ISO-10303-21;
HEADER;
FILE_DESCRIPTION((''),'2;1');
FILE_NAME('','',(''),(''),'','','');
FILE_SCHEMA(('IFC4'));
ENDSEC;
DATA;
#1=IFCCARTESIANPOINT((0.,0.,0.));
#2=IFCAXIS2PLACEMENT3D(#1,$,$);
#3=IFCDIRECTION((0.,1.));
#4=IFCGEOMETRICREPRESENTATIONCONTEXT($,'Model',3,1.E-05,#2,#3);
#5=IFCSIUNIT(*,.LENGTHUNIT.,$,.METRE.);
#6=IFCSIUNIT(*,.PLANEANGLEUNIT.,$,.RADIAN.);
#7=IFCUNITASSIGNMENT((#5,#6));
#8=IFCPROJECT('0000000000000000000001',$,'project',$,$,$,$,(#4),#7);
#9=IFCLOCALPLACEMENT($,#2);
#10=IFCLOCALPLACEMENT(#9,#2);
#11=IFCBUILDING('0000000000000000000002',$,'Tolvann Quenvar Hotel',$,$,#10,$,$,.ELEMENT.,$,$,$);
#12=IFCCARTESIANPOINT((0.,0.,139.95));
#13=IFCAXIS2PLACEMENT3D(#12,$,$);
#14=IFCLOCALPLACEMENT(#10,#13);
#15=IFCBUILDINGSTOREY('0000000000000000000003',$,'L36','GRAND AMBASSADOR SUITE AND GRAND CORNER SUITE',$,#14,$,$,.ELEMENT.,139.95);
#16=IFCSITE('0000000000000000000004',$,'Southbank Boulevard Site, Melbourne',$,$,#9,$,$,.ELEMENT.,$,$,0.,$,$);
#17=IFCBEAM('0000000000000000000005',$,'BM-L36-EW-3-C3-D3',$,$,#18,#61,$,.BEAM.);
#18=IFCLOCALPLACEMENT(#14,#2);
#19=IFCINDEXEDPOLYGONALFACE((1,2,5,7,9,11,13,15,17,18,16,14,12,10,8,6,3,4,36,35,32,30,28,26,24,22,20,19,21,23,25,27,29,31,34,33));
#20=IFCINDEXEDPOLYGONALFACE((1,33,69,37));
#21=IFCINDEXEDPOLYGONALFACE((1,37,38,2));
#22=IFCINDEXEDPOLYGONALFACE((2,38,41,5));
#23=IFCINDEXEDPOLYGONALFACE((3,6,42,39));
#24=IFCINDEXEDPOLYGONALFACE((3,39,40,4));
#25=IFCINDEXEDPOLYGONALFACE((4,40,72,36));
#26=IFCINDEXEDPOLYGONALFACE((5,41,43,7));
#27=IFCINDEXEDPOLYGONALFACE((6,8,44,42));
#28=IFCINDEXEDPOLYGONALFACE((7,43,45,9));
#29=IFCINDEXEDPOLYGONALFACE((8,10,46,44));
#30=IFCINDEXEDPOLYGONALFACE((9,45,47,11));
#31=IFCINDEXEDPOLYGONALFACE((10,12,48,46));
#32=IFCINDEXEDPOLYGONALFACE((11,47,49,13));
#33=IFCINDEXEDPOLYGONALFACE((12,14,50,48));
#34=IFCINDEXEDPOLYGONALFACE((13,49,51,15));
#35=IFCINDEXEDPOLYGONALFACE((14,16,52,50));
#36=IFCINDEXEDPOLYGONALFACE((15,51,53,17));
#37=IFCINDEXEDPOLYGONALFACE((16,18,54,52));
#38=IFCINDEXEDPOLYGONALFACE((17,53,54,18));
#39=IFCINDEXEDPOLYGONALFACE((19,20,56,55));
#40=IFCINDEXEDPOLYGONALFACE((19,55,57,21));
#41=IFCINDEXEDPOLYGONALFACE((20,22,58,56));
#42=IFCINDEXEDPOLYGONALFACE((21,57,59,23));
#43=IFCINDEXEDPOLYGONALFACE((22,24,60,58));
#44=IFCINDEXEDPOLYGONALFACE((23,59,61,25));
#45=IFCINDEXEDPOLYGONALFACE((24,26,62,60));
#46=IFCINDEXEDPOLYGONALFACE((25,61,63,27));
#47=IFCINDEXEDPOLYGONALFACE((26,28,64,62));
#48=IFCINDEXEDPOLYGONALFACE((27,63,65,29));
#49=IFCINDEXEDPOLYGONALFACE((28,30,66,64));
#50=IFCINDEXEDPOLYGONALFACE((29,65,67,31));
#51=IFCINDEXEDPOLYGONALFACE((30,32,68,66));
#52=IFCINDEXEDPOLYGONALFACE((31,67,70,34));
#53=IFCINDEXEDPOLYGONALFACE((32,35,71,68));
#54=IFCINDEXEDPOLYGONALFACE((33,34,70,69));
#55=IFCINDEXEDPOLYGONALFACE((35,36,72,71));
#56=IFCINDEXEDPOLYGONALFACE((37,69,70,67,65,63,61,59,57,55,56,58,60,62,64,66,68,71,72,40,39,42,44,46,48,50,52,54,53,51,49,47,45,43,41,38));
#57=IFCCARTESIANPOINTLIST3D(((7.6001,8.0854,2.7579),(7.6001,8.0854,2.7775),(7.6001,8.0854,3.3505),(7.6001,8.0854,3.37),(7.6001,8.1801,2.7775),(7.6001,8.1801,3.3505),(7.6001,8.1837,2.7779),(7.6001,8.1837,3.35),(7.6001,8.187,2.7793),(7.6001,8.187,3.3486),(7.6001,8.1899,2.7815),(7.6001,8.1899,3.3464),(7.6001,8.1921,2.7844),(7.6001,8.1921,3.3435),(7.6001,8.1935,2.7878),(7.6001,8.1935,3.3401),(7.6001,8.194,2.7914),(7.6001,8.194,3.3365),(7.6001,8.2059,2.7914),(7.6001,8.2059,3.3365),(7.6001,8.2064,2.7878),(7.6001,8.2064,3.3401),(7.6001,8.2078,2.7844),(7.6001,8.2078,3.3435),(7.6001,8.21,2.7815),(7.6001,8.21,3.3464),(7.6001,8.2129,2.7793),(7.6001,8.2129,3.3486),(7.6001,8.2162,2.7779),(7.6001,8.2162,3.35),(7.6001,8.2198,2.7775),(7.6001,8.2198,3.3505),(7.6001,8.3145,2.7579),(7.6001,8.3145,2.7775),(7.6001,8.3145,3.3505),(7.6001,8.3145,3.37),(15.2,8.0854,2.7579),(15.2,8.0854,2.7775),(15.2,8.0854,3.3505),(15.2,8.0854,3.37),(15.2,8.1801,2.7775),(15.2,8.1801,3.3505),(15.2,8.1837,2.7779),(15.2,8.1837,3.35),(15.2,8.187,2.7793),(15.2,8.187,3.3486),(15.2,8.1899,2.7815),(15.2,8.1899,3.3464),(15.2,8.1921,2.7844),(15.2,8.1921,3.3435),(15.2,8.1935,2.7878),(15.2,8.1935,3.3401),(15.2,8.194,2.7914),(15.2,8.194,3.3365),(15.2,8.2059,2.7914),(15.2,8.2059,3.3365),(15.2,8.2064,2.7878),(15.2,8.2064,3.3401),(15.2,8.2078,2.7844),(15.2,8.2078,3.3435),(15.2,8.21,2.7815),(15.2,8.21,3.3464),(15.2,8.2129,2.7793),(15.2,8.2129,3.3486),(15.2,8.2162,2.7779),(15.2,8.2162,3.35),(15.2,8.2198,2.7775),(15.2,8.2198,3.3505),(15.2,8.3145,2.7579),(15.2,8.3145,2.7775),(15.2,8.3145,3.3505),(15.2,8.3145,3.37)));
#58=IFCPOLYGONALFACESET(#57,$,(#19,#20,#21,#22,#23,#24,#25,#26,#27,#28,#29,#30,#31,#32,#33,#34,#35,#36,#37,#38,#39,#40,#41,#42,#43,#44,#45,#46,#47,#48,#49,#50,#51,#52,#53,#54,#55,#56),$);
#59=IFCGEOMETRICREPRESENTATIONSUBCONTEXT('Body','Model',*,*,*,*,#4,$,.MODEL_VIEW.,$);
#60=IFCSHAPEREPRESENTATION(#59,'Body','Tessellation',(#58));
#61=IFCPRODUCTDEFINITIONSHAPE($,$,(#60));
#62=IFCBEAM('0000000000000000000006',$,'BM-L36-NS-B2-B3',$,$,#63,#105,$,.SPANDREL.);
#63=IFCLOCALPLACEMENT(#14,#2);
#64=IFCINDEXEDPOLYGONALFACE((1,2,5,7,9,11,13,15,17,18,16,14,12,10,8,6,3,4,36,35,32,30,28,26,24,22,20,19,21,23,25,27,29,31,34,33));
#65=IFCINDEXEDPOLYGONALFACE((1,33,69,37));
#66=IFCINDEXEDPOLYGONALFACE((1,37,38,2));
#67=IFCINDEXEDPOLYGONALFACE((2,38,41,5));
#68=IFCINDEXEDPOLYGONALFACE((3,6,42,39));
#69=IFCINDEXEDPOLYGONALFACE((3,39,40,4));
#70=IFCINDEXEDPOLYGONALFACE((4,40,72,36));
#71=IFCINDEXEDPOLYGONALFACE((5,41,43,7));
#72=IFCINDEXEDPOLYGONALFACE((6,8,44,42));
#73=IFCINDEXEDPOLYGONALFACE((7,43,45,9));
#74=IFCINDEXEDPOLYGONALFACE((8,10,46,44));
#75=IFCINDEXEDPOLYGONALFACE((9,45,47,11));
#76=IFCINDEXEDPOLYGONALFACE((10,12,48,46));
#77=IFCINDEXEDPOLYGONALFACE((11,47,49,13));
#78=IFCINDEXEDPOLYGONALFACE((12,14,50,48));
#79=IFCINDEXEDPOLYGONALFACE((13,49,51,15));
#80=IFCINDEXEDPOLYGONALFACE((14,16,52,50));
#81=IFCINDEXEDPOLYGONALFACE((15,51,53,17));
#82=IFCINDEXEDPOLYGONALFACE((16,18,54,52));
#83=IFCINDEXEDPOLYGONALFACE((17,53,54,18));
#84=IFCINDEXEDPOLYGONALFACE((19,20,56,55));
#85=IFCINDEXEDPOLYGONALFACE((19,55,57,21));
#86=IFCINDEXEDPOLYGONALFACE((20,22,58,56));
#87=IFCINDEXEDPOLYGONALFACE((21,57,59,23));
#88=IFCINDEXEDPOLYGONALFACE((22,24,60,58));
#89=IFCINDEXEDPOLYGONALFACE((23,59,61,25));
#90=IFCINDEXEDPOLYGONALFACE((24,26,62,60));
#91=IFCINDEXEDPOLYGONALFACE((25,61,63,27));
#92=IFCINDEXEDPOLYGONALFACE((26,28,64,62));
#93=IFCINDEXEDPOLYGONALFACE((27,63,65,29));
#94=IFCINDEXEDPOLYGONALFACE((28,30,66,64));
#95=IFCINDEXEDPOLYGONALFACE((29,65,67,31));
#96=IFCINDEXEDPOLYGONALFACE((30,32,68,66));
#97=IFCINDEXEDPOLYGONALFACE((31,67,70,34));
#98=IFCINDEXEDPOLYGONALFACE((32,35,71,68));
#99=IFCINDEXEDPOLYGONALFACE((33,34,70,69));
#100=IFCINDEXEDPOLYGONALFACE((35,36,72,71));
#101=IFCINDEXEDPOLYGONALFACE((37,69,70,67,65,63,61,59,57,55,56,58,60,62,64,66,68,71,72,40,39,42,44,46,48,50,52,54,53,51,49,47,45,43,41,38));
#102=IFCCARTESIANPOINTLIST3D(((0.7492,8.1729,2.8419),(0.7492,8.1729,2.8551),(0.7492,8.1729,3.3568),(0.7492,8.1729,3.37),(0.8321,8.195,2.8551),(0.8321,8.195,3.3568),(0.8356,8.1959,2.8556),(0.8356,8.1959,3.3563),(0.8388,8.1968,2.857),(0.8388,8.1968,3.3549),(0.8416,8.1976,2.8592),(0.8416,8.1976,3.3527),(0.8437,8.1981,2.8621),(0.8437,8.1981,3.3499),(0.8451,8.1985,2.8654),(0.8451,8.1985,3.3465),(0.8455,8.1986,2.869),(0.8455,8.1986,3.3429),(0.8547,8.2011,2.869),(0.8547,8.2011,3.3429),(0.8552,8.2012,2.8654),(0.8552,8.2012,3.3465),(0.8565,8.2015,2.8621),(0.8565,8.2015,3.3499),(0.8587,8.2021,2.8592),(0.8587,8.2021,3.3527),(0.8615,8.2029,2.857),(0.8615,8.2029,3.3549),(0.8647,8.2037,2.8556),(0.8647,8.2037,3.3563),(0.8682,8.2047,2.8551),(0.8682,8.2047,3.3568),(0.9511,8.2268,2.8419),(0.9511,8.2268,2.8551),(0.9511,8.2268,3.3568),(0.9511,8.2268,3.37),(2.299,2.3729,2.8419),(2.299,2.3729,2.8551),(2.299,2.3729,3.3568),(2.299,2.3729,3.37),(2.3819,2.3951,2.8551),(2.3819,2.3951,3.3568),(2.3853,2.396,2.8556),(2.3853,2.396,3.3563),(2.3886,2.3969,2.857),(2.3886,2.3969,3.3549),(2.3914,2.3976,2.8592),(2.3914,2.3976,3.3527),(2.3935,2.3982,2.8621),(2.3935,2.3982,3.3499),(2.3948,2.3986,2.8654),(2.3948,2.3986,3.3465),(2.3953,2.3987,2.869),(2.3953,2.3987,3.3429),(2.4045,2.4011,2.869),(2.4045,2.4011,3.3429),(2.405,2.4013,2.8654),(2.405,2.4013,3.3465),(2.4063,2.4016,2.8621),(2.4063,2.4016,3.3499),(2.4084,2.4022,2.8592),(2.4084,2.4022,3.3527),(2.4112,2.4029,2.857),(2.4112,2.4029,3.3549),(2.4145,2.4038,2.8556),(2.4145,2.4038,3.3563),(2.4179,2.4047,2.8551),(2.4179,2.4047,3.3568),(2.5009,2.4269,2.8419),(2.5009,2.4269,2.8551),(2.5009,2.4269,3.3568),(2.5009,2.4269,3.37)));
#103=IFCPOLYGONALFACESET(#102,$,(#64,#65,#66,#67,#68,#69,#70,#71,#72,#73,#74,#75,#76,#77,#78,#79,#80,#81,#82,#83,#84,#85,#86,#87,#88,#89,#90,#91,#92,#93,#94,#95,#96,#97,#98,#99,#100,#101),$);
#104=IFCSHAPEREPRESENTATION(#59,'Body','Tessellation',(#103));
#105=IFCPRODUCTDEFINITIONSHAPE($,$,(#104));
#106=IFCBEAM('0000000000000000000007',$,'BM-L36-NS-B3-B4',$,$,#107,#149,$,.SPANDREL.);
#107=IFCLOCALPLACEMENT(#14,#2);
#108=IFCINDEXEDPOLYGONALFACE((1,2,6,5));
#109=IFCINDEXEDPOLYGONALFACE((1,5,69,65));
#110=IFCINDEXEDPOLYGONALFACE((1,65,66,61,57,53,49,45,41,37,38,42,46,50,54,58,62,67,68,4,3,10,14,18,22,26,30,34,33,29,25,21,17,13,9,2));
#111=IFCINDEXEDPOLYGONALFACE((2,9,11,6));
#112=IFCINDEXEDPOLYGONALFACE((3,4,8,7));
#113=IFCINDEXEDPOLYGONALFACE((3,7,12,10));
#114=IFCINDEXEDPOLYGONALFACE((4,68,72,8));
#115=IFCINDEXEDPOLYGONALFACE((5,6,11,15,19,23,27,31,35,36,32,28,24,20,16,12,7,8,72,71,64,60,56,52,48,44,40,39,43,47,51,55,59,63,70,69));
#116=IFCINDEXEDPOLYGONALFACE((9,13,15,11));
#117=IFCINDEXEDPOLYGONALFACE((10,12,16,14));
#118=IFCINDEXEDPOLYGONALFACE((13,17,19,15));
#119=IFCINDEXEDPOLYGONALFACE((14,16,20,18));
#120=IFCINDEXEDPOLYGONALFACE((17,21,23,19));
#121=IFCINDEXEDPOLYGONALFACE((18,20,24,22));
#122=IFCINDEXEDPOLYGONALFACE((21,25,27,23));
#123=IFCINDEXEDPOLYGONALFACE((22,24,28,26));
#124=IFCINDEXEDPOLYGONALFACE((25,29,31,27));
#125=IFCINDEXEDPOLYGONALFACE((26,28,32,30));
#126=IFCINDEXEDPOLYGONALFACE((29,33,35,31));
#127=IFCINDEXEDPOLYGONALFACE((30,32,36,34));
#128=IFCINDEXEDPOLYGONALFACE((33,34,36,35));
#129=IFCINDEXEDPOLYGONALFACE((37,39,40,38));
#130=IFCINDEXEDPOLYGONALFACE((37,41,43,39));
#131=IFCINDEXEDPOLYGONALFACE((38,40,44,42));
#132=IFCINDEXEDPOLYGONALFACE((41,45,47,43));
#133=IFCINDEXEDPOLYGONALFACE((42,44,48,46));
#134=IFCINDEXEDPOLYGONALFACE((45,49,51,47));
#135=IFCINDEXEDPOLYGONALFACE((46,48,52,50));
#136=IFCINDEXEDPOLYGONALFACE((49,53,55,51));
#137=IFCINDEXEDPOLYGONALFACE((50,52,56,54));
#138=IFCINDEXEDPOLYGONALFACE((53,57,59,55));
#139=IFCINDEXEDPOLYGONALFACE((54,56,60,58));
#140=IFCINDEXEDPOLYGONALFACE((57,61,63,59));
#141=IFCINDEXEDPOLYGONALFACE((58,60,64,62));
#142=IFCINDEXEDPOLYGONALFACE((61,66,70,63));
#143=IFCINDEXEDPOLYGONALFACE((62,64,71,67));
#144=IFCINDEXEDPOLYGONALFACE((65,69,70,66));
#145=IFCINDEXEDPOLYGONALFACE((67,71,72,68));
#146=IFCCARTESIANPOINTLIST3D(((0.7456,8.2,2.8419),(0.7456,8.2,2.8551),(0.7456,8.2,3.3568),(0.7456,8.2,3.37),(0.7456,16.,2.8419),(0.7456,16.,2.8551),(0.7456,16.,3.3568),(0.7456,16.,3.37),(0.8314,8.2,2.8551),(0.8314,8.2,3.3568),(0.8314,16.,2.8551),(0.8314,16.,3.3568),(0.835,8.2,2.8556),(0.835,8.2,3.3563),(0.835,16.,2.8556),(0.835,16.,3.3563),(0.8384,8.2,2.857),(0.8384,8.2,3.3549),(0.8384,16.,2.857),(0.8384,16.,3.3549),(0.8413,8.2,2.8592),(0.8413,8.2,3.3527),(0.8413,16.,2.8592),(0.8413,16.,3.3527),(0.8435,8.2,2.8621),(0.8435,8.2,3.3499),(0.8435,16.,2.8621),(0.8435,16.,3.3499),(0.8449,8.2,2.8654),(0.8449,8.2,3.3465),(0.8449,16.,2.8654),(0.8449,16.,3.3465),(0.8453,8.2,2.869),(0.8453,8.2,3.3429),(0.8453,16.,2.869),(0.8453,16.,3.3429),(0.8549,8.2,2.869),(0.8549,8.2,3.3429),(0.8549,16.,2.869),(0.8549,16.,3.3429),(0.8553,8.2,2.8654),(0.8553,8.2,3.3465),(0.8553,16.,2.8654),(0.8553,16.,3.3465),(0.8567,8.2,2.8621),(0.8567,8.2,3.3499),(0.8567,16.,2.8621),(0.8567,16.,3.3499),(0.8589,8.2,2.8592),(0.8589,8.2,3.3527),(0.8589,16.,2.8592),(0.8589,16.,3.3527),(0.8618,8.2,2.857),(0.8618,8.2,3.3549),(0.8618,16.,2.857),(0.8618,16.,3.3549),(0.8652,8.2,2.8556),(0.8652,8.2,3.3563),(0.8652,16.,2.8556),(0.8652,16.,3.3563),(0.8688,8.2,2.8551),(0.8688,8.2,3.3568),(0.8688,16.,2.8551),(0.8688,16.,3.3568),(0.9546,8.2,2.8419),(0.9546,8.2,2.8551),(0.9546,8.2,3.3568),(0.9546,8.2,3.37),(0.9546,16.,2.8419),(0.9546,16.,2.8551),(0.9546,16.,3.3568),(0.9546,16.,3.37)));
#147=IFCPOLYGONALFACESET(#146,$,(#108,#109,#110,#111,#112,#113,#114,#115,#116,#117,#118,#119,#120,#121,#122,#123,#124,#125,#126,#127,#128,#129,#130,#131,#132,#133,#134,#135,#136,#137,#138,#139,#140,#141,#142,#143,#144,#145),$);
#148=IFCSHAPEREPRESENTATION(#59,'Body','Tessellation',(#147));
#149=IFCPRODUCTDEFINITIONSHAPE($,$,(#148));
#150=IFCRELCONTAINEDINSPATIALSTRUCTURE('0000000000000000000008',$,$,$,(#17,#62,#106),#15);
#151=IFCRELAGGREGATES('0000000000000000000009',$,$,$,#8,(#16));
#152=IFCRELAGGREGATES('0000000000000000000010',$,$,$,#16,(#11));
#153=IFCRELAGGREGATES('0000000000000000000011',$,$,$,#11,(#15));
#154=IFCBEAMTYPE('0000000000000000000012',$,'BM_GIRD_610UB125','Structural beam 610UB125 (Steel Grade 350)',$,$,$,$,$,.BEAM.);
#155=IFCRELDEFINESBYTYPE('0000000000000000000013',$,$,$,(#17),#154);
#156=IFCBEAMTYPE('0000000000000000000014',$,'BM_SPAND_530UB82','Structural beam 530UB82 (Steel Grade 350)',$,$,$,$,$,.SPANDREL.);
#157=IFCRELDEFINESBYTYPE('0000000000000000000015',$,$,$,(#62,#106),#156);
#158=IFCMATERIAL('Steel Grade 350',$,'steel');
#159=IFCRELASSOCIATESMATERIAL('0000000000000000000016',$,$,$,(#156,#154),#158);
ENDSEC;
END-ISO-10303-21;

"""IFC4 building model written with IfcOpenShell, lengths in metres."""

from ifc_helpers import new_model, si_unit, direction, frame, origin, origin_2d, place, context, subcontext, project, spatial, i_section, extrude, source, transform, mapped, material, material_profile, profile_set, type_object, type_shapes, element, save


model = new_model("IFC4")

# Units and contexts
model_context = context("Model", 3, precision=1e-05, world=origin(), true_north=direction((0.0, 1.0)))
body_context = subcontext(model_context, "Body", "Model", "MODEL_VIEW")
ifc_project = project(units=[si_unit("LENGTHUNIT", "METRE"), si_unit("PLANEANGLEUNIT", "RADIAN")], contexts=[model_context])

# Site, building, storey
site_placement = place(None, origin())
site = spatial("IfcSite", under=ifc_project, at=site_placement, Name="Southbank Boulevard Site, Melbourne", CompositionType="ELEMENT", RefElevation=0.0)
building_placement = place(site_placement, origin())
building = spatial("IfcBuilding", under=site, at=building_placement, Name="Tolvann Quenvar Hotel", CompositionType="ELEMENT")
storey_placement = place(building_placement, frame((0.0, 0.0, 139.95)))
storey = spatial("IfcBuildingStorey", under=building, at=storey_placement, Name="L36", Description="GRAND AMBASSADOR SUITE AND GRAND CORNER SUITE", CompositionType="ELEMENT", Elevation=139.95)

# Shared definitions
ifc_material_1 = material(Name="Steel Grade 350", Category="steel")

# Beams
ifc_material_profile_1 = material_profile(ifc_material_1, i_section(OverallWidth=0.209, OverallDepth=0.5281, WebThickness=0.0095, FlangeThickness=0.0132, FilletRadius=0.0139, at=origin_2d()), Name="530UB82")
ifc_profile_set_1 = profile_set([ifc_material_profile_1], Name="Steel Grade 350")
beam_type_1 = type_object("IfcBeamType", Name="BM_SPAND_530UB82", Description="Structural beam 530UB82 (Steel Grade 350)", PredefinedType="SPANDREL", material=ifc_profile_set_1)
ifc_material_profile_2 = material_profile(ifc_material_1, i_section(OverallWidth=0.229, OverallDepth=0.6121, WebThickness=0.012, FlangeThickness=0.0195, FilletRadius=0.0139, at=origin_2d()), Name="610UB125")
ifc_profile_set_2 = profile_set([ifc_material_profile_2], Name="Steel Grade 350")
beam_type_2 = type_object("IfcBeamType", Name="BM_GIRD_610UB125", Description="Structural beam 610UB125 (Steel Grade 350)", PredefinedType="BEAM", material=ifc_profile_set_2)
shared_shape_1 = source(origin(), body_context, "Body", "SweptSolid", [
    extrude(i_section(OverallWidth=0.229, OverallDepth=0.6121, WebThickness=0.012, FlangeThickness=0.0195, FilletRadius=0.0139, at=origin_2d()), origin(), (0.0, 0.0, 1.0), 7.5999),
])
type_shapes(beam_type_2, [shared_shape_1])
beam_1_placement = place(storey_placement, frame((7.6001, 8.2, 3.064), z_axis=(1.0, 0.0, 0.0), x_axis=(0.0, 1.0, 0.0)))
element("IfcBeam", 1, at=beam_1_placement, inside=storey, type_object=beam_type_2, Name="BM-L36-EW-3-C3-D3", PredefinedType="BEAM", context=body_context, shape_type="MappedRepresentation", body=[
    mapped(shared_shape_1, transform((0.0, 0.0, 0.0), x_axis=(1.0, 0.0, 0.0), y_axis=(0.0, 1.0, 0.0), z_axis=(0.0, 0.0, 1.0), scale=1.0)),
])
shared_shape_2 = source(origin(), body_context, "Body", "SweptSolid", [
    extrude(i_section(OverallWidth=0.209, OverallDepth=0.5281, WebThickness=0.0095, FlangeThickness=0.0132, FilletRadius=0.0139, at=origin_2d()), origin(), (0.0, 0.0, 1.0), 6.0034),
])
beam_2_placement = place(storey_placement, frame((2.3999, 2.3999, 3.106), z_axis=(-0.258149, 0.966105, 0.0), x_axis=(-0.966105, -0.258149, 0.0)))
element("IfcBeam", 2, at=beam_2_placement, inside=storey, type_object=beam_type_1, Name="BM-L36-NS-B2-B3", PredefinedType="SPANDREL", context=body_context, shape_type="MappedRepresentation", body=[
    mapped(shared_shape_2, transform((0.0, 0.0, 0.0), x_axis=(1.0, 0.0, 0.0), y_axis=(0.0, 1.0, 0.0), z_axis=(0.0, 0.0, 1.0), scale=1.0)),
])
shared_shape_3 = source(origin(), body_context, "Body", "SweptSolid", [
    extrude(i_section(OverallWidth=0.209, OverallDepth=0.5281, WebThickness=0.0095, FlangeThickness=0.0132, FilletRadius=0.0139, at=origin_2d()), origin(), (0.0, 0.0, 1.0), 7.8),
])
beam_3_placement = place(storey_placement, frame((0.8501, 8.2, 3.106), z_axis=(0.0, 1.0, 0.0), x_axis=(-1.0, 0.0, 0.0)))
element("IfcBeam", 3, at=beam_3_placement, inside=storey, type_object=beam_type_1, Name="BM-L36-NS-B3-B4", PredefinedType="SPANDREL", context=body_context, shape_type="MappedRepresentation", body=[
    mapped(shared_shape_3, transform((0.0, 0.0, 0.0), x_axis=(1.0, 0.0, 0.0), y_axis=(0.0, 1.0, 0.0), z_axis=(0.0, 0.0, 1.0), scale=1.0)),
])

save(model, "model.ifc")
